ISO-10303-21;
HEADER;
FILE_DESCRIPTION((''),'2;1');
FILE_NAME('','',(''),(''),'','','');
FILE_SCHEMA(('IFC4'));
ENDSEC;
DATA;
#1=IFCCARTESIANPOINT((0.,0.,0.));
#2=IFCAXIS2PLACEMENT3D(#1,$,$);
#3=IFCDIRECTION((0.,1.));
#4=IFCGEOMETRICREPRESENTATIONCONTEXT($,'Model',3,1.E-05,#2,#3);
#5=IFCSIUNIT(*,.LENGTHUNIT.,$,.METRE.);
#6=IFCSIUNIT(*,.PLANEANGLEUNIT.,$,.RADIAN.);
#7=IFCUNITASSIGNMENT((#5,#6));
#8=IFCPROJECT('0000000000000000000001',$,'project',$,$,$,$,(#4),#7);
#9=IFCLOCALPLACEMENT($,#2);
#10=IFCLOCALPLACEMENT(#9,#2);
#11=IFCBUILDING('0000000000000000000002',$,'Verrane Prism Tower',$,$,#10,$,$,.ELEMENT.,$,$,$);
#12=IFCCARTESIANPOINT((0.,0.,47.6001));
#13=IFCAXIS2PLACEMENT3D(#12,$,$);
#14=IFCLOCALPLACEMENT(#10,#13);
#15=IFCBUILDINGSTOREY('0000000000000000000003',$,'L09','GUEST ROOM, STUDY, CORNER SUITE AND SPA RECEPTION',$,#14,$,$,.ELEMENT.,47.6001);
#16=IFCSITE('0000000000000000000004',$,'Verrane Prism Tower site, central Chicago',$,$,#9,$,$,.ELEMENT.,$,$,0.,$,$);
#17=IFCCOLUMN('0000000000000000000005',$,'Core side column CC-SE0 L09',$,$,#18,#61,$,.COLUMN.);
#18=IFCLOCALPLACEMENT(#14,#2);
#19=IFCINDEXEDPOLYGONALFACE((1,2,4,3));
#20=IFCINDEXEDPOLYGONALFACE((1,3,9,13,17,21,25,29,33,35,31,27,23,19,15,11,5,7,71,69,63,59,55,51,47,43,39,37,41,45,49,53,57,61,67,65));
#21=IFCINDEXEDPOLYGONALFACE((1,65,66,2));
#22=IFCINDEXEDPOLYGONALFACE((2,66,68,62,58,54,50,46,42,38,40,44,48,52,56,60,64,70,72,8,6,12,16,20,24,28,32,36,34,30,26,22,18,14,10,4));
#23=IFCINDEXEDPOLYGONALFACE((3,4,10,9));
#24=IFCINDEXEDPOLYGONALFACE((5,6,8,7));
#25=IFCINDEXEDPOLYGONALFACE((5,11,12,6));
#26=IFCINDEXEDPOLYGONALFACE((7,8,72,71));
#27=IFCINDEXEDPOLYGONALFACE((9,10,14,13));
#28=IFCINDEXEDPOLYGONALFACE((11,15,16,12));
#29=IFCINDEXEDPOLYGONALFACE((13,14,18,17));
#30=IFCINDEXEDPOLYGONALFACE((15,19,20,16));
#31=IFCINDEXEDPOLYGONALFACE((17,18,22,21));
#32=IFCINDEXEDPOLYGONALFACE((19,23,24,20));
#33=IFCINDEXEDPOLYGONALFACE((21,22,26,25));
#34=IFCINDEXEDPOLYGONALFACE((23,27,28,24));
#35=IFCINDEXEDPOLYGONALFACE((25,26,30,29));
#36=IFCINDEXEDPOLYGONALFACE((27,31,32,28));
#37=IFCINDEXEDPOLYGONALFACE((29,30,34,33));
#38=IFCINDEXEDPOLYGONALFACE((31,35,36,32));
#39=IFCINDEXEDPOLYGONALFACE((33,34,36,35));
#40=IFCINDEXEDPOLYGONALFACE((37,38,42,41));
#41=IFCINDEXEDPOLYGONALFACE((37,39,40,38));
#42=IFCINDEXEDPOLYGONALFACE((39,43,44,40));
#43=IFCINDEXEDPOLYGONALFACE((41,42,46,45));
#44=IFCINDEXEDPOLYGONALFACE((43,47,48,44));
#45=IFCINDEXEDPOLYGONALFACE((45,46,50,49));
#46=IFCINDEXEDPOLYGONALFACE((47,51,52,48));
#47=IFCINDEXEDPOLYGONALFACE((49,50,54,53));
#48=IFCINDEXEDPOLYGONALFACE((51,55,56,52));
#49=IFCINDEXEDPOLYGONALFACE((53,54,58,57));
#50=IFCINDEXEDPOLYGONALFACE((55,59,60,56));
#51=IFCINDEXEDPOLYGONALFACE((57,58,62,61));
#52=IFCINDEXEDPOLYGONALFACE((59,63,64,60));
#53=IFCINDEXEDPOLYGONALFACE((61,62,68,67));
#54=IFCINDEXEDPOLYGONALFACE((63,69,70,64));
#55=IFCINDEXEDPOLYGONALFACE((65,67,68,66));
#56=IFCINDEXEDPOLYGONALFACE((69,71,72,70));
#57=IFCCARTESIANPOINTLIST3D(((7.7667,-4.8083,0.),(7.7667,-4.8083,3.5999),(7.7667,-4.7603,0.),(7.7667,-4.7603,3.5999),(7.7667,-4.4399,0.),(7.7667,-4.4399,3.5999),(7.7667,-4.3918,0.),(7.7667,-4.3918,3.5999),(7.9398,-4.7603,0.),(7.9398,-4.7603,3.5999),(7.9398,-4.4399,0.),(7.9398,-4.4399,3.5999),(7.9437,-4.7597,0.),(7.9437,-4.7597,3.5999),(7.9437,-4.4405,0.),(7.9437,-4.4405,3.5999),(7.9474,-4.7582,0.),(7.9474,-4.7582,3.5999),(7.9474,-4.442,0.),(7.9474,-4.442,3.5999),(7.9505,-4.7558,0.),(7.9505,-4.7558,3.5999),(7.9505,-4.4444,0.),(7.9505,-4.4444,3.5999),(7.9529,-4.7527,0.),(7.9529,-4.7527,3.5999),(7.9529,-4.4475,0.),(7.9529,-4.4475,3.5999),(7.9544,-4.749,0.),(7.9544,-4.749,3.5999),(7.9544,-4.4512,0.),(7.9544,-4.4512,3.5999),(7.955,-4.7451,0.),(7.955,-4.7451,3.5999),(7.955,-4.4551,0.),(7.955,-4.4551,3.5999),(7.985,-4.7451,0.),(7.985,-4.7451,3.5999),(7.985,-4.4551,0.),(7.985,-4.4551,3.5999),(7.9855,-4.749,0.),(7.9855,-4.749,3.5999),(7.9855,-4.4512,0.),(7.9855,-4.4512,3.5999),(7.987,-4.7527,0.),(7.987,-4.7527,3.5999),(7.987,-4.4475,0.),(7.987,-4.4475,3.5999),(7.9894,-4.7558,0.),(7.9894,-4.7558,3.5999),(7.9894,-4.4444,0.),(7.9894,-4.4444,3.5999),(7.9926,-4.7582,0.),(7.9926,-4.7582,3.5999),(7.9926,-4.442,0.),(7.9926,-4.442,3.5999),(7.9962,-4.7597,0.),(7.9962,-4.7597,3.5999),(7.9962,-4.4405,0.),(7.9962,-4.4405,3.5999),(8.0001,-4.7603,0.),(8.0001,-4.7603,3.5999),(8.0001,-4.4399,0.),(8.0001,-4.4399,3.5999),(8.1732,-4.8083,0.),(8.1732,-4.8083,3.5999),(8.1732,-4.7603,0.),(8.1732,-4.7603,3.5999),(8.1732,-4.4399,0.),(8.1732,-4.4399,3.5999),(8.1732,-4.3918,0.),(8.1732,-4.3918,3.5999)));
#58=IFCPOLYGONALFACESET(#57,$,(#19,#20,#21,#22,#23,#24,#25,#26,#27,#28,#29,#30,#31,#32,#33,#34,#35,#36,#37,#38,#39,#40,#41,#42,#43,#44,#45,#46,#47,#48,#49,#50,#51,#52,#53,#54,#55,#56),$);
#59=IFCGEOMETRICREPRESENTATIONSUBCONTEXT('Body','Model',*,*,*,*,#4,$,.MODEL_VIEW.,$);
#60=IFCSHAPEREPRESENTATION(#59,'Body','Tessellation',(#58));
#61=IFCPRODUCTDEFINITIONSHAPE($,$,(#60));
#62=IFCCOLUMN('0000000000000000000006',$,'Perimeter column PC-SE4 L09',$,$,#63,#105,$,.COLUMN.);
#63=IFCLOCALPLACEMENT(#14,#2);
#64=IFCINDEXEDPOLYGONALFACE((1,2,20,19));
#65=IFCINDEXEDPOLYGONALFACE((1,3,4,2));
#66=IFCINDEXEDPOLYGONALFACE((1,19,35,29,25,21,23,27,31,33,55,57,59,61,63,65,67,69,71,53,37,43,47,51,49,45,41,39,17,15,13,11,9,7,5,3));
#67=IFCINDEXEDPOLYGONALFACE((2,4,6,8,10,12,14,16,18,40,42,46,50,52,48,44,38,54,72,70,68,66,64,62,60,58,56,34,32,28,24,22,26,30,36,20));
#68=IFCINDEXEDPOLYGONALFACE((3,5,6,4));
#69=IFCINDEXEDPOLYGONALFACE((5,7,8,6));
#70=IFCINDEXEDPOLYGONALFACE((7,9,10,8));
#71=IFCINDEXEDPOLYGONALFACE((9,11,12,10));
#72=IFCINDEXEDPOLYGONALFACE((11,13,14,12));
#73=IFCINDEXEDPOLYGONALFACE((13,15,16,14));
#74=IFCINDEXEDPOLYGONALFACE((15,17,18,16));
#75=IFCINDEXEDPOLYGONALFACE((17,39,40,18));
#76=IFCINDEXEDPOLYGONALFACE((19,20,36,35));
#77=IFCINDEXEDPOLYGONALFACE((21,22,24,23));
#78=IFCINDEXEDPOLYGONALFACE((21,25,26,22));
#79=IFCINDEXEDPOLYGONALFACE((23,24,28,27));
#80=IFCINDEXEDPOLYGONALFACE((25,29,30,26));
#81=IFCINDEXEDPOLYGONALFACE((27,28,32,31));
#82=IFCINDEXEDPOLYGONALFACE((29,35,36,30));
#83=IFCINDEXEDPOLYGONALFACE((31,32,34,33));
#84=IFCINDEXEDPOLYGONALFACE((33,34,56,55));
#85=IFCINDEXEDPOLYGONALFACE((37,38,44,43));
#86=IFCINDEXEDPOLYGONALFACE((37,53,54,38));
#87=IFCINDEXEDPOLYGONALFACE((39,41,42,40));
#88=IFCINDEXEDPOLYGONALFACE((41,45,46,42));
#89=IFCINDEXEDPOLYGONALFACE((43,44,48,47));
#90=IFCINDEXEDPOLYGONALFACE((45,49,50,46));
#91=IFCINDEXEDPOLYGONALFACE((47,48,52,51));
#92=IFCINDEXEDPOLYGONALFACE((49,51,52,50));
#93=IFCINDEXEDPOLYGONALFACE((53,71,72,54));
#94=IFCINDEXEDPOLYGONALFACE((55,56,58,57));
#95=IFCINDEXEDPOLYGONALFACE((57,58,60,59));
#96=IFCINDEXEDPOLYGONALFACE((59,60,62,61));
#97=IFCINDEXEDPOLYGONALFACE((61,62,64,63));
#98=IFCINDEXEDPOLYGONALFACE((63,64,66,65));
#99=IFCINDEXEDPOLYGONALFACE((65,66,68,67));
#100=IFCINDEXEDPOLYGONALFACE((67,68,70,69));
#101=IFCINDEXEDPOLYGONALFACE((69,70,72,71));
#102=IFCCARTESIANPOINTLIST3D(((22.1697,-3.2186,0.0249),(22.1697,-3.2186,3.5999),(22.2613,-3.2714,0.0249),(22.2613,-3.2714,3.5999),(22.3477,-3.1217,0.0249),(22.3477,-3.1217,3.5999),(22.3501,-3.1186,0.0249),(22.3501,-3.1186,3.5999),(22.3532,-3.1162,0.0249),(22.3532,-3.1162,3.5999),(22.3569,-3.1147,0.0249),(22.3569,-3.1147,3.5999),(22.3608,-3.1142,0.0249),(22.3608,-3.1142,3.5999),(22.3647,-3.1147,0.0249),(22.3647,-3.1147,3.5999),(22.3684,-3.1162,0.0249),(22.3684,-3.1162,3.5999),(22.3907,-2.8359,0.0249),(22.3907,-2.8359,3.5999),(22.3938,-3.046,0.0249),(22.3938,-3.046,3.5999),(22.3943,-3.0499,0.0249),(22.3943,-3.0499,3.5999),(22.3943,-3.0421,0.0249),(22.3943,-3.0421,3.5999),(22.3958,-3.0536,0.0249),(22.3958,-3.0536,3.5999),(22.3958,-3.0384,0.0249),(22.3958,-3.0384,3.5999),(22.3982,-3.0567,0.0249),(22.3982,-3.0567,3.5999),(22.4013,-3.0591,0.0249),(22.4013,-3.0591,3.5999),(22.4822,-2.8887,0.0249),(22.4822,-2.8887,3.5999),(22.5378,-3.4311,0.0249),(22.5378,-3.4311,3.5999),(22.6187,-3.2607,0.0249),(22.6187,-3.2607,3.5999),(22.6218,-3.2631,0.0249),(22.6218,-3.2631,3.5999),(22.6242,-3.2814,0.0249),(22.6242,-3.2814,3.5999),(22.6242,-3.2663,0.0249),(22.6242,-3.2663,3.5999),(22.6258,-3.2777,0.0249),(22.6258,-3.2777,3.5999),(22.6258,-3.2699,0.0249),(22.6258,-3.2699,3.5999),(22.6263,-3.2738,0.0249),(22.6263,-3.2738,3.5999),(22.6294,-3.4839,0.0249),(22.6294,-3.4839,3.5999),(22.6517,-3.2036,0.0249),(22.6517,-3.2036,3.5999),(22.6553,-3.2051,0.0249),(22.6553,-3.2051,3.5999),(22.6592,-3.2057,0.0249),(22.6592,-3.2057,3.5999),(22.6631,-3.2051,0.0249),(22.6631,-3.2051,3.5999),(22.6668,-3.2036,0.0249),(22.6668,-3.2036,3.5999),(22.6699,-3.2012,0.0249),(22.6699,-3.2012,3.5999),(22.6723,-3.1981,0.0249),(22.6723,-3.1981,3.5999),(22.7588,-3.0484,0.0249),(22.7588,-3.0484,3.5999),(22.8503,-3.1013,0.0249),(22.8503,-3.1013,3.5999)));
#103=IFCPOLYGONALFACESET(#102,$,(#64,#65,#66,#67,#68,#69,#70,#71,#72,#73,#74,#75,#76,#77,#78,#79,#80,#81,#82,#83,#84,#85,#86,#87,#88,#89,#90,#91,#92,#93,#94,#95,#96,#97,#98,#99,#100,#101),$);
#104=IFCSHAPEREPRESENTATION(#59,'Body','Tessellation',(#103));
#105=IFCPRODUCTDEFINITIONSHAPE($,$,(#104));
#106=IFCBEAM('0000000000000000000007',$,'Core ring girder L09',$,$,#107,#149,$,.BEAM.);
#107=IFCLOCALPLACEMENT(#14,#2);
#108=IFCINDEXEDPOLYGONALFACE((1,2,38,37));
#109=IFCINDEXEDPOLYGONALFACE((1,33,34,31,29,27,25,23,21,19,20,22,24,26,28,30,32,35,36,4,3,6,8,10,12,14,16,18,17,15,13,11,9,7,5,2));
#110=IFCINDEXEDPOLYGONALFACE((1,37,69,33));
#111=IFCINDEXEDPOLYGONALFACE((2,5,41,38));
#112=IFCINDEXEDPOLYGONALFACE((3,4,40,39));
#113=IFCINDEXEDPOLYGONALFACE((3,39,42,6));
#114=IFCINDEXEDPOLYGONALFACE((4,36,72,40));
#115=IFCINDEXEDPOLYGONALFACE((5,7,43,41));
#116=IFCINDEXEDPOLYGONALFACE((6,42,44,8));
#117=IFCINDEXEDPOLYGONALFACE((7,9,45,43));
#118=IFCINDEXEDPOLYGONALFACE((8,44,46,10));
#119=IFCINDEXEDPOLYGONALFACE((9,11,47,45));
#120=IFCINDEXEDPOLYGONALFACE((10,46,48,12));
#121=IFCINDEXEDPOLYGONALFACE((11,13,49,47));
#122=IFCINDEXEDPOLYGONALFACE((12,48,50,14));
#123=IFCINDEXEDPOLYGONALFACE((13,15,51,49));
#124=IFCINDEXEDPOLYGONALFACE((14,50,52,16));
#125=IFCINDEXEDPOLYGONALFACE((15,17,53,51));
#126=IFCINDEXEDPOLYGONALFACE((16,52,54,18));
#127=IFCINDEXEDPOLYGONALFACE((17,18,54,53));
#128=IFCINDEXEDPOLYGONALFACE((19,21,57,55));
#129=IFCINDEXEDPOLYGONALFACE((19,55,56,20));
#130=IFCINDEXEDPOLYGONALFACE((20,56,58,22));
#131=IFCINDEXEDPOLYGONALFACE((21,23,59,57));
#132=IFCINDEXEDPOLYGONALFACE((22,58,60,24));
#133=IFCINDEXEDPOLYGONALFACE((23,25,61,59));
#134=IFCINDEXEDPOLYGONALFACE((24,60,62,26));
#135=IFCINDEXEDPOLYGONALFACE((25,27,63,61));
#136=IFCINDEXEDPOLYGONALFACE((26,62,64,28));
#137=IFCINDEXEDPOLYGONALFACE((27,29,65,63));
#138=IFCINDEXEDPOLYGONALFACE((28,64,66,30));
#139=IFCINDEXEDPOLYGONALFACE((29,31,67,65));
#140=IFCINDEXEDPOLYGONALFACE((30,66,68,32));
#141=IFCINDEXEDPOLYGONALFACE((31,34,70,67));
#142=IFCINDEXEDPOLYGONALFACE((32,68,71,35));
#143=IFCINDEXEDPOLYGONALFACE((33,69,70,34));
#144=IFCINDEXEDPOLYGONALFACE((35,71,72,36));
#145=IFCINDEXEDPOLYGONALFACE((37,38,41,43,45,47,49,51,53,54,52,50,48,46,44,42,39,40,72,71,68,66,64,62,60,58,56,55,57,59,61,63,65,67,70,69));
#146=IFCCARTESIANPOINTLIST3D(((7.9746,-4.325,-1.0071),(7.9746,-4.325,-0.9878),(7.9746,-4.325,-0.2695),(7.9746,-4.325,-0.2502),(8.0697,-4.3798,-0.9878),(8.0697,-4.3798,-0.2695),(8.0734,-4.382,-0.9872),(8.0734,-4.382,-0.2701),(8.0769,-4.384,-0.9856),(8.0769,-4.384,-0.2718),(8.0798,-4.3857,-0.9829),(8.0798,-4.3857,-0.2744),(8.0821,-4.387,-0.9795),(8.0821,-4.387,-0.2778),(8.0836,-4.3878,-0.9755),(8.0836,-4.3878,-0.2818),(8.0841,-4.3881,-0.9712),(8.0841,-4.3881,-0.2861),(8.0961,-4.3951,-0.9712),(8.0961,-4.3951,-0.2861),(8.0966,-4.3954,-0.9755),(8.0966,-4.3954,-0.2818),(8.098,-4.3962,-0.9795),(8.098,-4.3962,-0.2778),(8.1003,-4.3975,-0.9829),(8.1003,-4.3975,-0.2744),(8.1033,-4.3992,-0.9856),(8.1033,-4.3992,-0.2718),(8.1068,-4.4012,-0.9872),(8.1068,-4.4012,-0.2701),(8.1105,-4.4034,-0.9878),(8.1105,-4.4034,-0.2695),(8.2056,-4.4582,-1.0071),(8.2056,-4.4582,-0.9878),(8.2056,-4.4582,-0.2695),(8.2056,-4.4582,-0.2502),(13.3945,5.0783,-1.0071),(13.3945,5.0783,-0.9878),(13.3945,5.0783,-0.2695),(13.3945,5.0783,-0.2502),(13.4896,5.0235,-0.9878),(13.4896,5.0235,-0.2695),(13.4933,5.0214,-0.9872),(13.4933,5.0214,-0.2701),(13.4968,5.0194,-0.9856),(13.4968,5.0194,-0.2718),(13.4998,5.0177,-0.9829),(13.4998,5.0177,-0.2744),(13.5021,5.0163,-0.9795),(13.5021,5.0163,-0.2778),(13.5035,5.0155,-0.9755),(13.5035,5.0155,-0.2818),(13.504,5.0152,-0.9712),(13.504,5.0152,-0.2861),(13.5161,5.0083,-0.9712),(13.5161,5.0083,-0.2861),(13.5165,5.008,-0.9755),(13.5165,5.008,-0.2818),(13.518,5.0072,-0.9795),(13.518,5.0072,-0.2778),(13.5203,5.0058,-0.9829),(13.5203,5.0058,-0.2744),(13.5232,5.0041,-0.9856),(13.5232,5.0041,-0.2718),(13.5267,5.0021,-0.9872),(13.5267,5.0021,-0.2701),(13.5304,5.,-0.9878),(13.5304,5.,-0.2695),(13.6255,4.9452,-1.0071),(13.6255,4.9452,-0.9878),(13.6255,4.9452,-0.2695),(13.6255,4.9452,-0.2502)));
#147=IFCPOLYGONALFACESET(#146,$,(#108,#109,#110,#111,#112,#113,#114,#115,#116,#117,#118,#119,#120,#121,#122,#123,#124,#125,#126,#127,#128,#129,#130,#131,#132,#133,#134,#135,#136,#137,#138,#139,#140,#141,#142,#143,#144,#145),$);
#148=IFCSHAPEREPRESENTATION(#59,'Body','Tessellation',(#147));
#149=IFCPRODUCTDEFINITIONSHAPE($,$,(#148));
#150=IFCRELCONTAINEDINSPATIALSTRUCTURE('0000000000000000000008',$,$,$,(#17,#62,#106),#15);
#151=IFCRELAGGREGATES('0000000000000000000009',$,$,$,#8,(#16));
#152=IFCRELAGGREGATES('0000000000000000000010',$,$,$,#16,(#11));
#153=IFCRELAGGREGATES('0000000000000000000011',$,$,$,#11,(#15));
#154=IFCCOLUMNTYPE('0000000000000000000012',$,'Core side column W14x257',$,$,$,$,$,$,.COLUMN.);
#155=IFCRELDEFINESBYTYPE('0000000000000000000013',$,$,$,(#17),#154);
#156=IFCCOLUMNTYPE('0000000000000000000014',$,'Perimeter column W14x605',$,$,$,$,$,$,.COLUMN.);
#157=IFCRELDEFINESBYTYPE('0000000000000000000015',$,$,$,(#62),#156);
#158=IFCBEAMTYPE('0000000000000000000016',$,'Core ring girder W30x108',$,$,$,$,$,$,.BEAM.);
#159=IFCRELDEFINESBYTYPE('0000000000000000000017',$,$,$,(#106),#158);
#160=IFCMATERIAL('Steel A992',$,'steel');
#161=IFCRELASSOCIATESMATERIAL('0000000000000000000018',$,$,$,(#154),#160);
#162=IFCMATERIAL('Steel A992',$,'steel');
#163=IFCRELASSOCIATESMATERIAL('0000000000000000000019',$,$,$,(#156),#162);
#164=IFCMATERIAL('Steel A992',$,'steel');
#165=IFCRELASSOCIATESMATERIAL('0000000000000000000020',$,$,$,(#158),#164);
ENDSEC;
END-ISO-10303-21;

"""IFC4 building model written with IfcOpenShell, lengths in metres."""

from ifc_helpers import new_model, si_unit, direction, frame, origin, origin_2d, place, context, subcontext, project, spatial, i_section, extrude, material, material_profile, profile_set, type_object, element, save


model = new_model("IFC4")

# Units and contexts
model_context = context("Model", 3, precision=1e-05, world=origin(), true_north=direction((0.0, 1.0)))
body_context = subcontext(model_context, "Body", "Model", "MODEL_VIEW")
ifc_project = project(units=[si_unit("LENGTHUNIT", "METRE"), si_unit("PLANEANGLEUNIT", "RADIAN")], contexts=[model_context])

# Site, building, storey
site_placement = place(None, origin())
site = spatial("IfcSite", under=ifc_project, at=site_placement, Name="Verrane Prism Tower site, central Chicago", CompositionType="ELEMENT", RefElevation=0.0)
building_placement = place(site_placement, origin())
building = spatial("IfcBuilding", under=site, at=building_placement, Name="Verrane Prism Tower", CompositionType="ELEMENT")
storey_placement = place(building_placement, frame((0.0, 0.0, 47.6001)))
storey = spatial("IfcBuildingStorey", under=building, at=storey_placement, Name="L09", Description="GUEST ROOM, STUDY, CORNER SUITE AND SPA RECEPTION", CompositionType="ELEMENT", Elevation=47.6001)

# Columns
ifc_material_1 = material(Name="Steel A992", Category="steel")
ifc_material_profile_1 = material_profile(ifc_material_1, i_section(OverallWidth=0.4065, OverallDepth=0.4165, WebThickness=0.03, FlangeThickness=0.0481, FilletRadius=0.0151, at=origin_2d()), Name="W14x257")
ifc_profile_set_1 = profile_set([ifc_material_profile_1], Name="Steel A992")
column_type_1 = type_object("IfcColumnType", Name="Core side column W14x257", PredefinedType="COLUMN", material=ifc_profile_set_1)
column_1_placement = place(storey_placement, frame((7.97, -4.6001, 0.0), z_axis=(0.0, 0.0, 1.0), x_axis=(1.0, 0.0, 0.0)))
element("IfcColumn", 1, at=column_1_placement, inside=storey, type_object=column_type_1, Name="Core side column CC-SE0 L09", PredefinedType="COLUMN", context=body_context, shape_type="SweptSolid", body=[
    extrude(i_section(OverallWidth=0.4065, OverallDepth=0.4165, WebThickness=0.03, FlangeThickness=0.0481, FilletRadius=0.0151, at=origin_2d()), origin(), (0.0, 0.0, 1.0), 3.5999),
])
ifc_material_2 = material(Name="Steel A992", Category="steel")
ifc_material_profile_2 = material_profile(ifc_material_2, i_section(OverallWidth=0.4419, OverallDepth=0.5308, WebThickness=0.0659, FlangeThickness=0.1057, FilletRadius=0.0151, at=origin_2d()), Name="W14x605")
ifc_profile_set_2 = profile_set([ifc_material_profile_2], Name="Steel A992")
column_type_2 = type_object("IfcColumnType", Name="Perimeter column W14x605", PredefinedType="COLUMN", material=ifc_profile_set_2)
column_2_placement = place(storey_placement, frame((22.51, -3.1599, 0.0249), z_axis=(0.0, 0.0, 1.0), x_axis=(-0.5, -0.866025, 0.0)))
element("IfcColumn", 2, at=column_2_placement, inside=storey, type_object=column_type_2, Name="Perimeter column PC-SE4 L09", PredefinedType="COLUMN", context=body_context, shape_type="SweptSolid", body=[
    extrude(i_section(OverallWidth=0.4419, OverallDepth=0.5308, WebThickness=0.0659, FlangeThickness=0.1057, FilletRadius=0.0151, at=origin_2d()), origin(), (0.0, 0.0, 1.0), 3.575),
])

# Beam
ifc_material_3 = material(Name="Steel A992", Category="steel")
ifc_material_profile_3 = material_profile(ifc_material_3, i_section(OverallWidth=0.2666, OverallDepth=0.7568, WebThickness=0.0139, FlangeThickness=0.0193, FilletRadius=0.0166, at=origin_2d()), Name="W30x108")
ifc_profile_set_3 = profile_set([ifc_material_profile_3], Name="Steel A992")
beam_type_1 = type_object("IfcBeamType", Name="Core ring girder W30x108", PredefinedType="BEAM", material=ifc_profile_set_3)
beam_1_placement = place(storey_placement, frame((8.0901, -4.3916, -0.6287), z_axis=(0.499372, 0.866388, 0.0), x_axis=(-0.866388, 0.499372, 0.0)))
element("IfcBeam", 3, at=beam_1_placement, inside=storey, type_object=beam_type_1, Name="Core ring girder L09", PredefinedType="BEAM", context=body_context, shape_type="SweptSolid", body=[
    extrude(i_section(OverallWidth=0.2666, OverallDepth=0.7568, WebThickness=0.0139, FlangeThickness=0.0193, FilletRadius=0.0166, at=origin_2d()), origin(), (0.0, 0.0, 1.0), 10.8535),
])

save(model, "model.ifc")
